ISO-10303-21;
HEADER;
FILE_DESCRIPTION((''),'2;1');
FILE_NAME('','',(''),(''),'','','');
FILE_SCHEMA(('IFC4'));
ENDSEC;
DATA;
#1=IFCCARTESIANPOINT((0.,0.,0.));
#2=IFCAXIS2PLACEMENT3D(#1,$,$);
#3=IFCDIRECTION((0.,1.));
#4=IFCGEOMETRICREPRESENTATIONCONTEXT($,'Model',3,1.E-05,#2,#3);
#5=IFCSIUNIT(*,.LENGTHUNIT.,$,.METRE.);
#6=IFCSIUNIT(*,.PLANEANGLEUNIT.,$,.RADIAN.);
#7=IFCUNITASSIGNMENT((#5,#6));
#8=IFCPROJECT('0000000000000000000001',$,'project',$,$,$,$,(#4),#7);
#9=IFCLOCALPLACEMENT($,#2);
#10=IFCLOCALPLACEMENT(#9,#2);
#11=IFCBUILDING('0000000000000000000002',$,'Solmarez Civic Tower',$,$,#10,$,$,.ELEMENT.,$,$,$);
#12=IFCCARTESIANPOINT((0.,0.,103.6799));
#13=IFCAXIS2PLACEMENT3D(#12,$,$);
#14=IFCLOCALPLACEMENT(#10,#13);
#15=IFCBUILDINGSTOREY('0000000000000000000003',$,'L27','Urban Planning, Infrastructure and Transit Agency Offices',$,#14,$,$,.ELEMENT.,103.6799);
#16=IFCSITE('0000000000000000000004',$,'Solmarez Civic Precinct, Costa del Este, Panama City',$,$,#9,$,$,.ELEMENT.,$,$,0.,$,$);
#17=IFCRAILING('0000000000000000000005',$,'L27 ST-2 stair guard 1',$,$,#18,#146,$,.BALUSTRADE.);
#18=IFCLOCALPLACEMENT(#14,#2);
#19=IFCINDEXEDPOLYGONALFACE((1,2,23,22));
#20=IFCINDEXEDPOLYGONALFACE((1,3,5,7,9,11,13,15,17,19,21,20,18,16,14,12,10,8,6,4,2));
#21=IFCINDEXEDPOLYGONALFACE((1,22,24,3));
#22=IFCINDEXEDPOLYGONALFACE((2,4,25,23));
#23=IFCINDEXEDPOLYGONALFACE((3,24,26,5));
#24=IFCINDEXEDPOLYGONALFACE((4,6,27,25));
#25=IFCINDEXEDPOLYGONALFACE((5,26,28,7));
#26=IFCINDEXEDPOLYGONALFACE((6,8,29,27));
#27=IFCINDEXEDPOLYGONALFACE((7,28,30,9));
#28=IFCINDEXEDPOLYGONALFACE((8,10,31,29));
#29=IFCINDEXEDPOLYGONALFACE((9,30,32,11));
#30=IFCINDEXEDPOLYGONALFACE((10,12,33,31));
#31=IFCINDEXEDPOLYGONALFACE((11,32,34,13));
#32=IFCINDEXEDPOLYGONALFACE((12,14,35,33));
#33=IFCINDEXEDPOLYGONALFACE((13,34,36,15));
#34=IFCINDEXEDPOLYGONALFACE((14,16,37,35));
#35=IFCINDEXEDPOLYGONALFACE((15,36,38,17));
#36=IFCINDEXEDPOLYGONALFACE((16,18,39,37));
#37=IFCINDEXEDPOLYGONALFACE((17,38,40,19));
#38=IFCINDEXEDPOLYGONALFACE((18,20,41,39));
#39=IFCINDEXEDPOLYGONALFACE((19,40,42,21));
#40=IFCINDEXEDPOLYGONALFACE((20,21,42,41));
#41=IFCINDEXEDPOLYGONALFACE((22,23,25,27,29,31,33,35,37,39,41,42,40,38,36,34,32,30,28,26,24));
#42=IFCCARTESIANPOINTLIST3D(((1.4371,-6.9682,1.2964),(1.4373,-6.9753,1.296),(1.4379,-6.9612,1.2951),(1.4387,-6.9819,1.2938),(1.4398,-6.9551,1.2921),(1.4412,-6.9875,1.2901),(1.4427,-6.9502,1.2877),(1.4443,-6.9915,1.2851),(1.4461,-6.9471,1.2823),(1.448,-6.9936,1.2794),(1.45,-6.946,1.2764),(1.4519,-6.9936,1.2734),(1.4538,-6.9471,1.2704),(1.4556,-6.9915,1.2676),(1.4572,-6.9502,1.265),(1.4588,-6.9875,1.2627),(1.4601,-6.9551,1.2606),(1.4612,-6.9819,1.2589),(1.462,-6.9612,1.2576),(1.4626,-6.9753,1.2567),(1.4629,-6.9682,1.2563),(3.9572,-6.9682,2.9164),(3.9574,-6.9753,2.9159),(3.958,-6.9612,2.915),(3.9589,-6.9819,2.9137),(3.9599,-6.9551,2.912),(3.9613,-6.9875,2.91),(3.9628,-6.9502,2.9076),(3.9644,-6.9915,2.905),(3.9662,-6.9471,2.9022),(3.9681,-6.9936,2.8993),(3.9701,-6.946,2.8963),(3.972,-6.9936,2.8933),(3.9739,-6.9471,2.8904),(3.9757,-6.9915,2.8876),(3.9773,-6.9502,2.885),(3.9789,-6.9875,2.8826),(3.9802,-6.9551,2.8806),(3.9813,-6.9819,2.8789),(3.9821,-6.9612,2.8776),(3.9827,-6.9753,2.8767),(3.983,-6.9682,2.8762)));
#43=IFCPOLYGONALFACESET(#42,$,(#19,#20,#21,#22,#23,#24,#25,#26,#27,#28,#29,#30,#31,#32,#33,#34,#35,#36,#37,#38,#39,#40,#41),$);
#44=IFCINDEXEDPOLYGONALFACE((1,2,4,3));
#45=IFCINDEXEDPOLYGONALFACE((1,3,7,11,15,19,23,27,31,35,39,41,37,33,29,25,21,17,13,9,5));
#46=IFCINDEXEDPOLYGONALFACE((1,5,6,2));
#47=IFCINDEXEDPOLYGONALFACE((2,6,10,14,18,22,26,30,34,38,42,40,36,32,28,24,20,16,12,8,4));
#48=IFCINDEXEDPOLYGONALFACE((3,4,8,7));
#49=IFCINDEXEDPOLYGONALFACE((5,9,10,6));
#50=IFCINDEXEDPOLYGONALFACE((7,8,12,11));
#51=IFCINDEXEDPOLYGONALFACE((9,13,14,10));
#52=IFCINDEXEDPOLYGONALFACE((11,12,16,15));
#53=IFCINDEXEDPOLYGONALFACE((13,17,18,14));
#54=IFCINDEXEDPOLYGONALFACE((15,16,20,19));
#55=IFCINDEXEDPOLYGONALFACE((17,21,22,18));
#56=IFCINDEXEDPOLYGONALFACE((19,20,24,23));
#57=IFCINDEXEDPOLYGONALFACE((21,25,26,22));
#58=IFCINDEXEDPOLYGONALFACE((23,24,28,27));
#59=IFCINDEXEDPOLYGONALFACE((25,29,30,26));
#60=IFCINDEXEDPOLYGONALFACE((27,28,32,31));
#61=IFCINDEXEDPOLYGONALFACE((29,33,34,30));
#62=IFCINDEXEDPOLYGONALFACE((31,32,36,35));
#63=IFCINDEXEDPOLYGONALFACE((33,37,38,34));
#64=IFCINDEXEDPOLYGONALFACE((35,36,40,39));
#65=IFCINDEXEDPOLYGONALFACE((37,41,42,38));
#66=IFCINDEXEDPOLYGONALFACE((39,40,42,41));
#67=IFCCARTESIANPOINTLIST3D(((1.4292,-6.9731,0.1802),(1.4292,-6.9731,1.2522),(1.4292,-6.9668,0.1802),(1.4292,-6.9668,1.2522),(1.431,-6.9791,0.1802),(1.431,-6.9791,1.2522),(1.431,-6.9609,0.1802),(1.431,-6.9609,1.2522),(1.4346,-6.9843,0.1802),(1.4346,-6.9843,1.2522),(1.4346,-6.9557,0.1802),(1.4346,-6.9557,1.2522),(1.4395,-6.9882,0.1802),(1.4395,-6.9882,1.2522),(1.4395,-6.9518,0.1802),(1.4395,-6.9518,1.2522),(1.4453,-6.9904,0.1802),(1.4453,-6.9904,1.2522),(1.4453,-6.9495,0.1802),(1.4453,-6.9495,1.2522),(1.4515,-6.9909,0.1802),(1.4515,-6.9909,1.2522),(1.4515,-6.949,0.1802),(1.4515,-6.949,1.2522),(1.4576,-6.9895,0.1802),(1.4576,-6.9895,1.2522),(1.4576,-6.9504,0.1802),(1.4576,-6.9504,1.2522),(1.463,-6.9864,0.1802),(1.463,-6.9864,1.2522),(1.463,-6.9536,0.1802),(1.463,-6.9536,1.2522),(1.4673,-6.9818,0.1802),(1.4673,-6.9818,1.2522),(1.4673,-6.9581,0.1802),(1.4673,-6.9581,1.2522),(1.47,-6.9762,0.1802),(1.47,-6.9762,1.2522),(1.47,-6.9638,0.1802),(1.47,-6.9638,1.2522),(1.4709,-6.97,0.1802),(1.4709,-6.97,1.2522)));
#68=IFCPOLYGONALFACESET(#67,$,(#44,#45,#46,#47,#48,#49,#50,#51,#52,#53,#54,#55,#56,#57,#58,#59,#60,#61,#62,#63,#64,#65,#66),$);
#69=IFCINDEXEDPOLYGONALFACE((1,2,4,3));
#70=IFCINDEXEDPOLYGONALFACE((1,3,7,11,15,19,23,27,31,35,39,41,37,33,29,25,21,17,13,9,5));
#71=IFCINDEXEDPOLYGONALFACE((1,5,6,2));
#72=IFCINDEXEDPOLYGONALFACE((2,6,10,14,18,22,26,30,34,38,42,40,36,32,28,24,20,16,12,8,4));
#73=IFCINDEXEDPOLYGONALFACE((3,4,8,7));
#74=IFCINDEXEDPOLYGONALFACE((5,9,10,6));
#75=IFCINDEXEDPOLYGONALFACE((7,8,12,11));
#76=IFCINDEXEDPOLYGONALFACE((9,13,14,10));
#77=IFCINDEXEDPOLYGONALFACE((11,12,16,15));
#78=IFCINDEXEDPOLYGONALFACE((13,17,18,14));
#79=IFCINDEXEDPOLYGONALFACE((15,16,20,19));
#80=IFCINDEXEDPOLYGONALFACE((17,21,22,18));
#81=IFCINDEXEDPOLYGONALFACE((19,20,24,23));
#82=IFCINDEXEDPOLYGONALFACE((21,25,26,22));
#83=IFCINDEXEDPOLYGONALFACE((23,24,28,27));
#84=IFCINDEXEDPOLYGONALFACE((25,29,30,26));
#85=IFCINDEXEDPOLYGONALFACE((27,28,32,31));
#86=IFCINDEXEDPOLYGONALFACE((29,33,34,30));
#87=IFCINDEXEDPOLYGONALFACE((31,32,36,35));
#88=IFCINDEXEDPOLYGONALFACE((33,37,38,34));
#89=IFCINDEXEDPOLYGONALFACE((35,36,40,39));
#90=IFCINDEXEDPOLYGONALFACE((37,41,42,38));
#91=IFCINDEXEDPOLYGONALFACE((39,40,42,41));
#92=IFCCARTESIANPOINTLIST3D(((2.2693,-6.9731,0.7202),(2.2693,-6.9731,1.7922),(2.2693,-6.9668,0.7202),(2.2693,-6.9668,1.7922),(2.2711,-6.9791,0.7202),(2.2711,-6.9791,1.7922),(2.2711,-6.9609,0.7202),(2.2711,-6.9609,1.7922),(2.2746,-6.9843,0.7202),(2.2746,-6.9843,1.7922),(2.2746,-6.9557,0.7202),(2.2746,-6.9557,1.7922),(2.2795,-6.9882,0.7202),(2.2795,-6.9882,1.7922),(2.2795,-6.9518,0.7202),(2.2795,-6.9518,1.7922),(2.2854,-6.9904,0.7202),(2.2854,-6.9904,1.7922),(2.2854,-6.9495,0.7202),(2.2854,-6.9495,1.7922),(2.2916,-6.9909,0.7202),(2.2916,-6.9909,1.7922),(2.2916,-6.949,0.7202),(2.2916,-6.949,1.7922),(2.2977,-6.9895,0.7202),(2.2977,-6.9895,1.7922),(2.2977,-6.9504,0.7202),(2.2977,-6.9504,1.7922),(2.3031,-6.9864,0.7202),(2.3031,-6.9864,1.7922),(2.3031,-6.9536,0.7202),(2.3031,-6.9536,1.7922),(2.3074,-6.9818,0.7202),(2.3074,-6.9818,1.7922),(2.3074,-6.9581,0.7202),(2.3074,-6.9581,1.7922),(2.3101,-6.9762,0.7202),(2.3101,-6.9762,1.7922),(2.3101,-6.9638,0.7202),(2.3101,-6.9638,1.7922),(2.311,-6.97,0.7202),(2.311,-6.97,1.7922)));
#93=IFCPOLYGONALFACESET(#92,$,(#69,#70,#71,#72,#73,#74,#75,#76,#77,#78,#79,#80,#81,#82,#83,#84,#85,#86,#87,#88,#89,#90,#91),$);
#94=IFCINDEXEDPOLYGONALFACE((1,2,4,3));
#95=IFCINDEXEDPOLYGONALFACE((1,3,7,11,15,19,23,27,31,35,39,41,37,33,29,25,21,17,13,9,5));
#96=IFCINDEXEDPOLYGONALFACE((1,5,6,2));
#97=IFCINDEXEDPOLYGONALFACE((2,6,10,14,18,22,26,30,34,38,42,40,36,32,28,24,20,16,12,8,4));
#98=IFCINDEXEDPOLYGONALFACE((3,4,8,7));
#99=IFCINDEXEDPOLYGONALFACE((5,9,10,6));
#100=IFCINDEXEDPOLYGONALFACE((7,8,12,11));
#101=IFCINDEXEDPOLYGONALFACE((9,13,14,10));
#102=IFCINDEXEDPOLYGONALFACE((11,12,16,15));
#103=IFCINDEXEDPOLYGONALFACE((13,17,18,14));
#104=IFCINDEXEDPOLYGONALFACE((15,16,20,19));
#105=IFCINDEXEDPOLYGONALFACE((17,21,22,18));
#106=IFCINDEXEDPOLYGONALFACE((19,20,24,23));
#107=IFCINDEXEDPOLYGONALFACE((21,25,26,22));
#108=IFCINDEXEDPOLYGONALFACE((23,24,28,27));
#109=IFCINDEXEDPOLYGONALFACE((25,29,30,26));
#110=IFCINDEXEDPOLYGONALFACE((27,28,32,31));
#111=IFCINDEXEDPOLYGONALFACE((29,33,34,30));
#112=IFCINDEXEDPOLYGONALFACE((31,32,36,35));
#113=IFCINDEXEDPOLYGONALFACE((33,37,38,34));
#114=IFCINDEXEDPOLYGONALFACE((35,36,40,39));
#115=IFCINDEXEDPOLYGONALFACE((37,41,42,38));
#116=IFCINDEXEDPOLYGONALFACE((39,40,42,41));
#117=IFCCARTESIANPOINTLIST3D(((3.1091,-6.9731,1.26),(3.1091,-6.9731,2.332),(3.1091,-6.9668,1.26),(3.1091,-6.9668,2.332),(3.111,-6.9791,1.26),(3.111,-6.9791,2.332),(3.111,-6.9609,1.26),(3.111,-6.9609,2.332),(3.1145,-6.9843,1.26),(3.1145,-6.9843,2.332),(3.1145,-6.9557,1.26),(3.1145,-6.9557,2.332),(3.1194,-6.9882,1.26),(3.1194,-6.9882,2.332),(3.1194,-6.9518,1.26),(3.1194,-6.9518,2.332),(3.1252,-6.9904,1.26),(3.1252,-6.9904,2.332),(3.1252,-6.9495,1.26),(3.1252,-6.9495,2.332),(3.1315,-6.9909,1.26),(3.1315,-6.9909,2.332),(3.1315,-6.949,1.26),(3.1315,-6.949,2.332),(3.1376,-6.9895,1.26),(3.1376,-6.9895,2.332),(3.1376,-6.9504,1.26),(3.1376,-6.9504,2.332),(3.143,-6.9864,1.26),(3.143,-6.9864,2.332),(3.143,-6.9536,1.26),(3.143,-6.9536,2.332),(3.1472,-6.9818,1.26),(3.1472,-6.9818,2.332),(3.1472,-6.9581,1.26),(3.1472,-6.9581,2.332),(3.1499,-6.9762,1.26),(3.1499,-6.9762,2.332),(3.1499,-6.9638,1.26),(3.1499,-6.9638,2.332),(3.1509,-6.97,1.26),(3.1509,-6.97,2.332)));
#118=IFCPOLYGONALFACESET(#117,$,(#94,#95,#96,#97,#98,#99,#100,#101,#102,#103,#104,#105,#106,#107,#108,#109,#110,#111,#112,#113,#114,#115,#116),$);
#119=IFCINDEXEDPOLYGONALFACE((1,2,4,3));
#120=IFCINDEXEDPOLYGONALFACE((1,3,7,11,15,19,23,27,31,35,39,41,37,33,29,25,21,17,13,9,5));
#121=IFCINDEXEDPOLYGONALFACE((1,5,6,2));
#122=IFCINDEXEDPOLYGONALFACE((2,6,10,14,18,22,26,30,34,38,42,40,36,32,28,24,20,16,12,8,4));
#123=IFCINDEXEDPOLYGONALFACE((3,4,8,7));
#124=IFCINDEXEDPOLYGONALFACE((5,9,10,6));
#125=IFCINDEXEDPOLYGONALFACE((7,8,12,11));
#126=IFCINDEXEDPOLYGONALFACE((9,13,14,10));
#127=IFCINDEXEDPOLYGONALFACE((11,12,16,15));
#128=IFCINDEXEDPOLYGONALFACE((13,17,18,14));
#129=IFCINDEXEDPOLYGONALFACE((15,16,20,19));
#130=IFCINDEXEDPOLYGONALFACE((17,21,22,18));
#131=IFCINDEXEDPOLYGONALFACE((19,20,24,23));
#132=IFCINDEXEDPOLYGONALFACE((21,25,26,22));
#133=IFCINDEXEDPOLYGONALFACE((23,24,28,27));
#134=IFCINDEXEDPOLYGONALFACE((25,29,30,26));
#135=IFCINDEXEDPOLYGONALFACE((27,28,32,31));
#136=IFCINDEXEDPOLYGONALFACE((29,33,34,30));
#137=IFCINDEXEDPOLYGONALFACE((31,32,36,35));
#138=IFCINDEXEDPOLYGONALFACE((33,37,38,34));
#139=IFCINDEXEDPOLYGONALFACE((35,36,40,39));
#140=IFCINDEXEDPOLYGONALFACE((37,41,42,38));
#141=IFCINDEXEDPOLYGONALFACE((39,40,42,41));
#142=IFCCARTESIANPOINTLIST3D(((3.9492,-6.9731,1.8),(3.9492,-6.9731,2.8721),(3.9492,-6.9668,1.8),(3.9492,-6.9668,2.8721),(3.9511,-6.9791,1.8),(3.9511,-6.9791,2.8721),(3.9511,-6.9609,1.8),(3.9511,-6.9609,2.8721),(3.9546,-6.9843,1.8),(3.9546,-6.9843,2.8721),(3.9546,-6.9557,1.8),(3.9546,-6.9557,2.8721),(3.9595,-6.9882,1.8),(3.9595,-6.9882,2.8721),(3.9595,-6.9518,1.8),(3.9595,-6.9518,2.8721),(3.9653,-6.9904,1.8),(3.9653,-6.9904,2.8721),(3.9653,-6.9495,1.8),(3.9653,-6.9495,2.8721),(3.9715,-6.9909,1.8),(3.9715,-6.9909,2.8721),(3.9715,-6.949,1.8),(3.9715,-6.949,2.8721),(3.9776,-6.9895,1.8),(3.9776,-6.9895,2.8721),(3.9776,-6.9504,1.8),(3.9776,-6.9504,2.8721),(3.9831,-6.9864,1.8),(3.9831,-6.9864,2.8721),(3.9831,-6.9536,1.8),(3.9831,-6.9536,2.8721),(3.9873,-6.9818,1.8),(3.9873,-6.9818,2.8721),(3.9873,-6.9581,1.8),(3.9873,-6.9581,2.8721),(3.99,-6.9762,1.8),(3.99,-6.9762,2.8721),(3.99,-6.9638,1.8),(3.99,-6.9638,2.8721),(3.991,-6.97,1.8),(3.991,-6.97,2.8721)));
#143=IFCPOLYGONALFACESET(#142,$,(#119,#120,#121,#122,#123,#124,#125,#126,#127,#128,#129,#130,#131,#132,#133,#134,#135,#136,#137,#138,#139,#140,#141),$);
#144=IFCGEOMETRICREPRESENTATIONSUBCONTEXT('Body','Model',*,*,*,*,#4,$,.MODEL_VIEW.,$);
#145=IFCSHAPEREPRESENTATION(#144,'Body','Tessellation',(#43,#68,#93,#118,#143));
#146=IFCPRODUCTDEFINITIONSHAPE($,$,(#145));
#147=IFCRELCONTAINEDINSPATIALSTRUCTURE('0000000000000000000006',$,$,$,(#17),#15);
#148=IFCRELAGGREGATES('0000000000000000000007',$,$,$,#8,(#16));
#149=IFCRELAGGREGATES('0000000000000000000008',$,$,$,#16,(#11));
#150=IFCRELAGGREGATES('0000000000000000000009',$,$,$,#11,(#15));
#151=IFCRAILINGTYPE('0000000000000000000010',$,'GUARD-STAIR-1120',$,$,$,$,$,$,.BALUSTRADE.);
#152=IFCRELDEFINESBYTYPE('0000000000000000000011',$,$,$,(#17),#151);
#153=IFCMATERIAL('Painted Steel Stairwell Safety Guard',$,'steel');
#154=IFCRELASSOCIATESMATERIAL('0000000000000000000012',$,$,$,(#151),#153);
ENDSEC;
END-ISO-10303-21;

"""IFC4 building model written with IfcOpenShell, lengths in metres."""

from ifc_helpers import new_model, si_unit, direction, frame, origin, origin_2d, place, context, subcontext, project, spatial, circle, extrude, material, type_object, element, save


model = new_model("IFC4")

# Units and contexts
model_context = context("Model", 3, precision=1e-05, world=origin(), true_north=direction((0.0, 1.0)))
body_context = subcontext(model_context, "Body", "Model", "MODEL_VIEW")
ifc_project = project(units=[si_unit("LENGTHUNIT", "METRE"), si_unit("PLANEANGLEUNIT", "RADIAN")], contexts=[model_context])

# Site, building, storey
site_placement = place(None, origin())
site = spatial("IfcSite", under=ifc_project, at=site_placement, Name="Solmarez Civic Precinct, Costa del Este, Panama City", CompositionType="ELEMENT", RefElevation=0.0)
building_placement = place(site_placement, origin())
building = spatial("IfcBuilding", under=site, at=building_placement, Name="Solmarez Civic Tower", CompositionType="ELEMENT")
storey_placement = place(building_placement, frame((0.0, 0.0, 103.6799)))
storey = spatial("IfcBuildingStorey", under=building, at=storey_placement, Name="L27", Description="Urban Planning, Infrastructure and Transit Agency Offices", CompositionType="ELEMENT", Elevation=103.6799)

# Railing
ifc_material_1 = material(Name="Painted Steel Stairwell Safety Guard", Category="steel")
railing_type_1 = type_object("IfcRailingType", Name="GUARD-STAIR-1120", PredefinedType="BALUSTRADE", material=ifc_material_1)
railing_1_placement = place(storey_placement, frame((1.45, -6.97, 0.1802)))
element("IfcRailing", 1, at=railing_1_placement, inside=storey, type_object=railing_type_1, Name="L27 ST-2 stair guard 1", PredefinedType="BALUSTRADE", context=body_context, shape_type="SweptSolid", body=[
    extrude(circle(Radius=0.0239, at=origin_2d()), frame((0.0, 0.0, 1.0962), z_axis=(0.8412, 0.0, 0.540725), x_axis=(0.0, 1.0, 0.0)), (0.0, 0.0, 1.0), 2.9958),
    extrude(circle(Radius=0.021, at=origin_2d()), origin(), (0.0, 0.0, 1.0), 1.072),
    extrude(circle(Radius=0.021, at=origin_2d()), frame((0.8401, 0.0, 0.54)), (0.0, 0.0, 1.0), 1.072),
    extrude(circle(Radius=0.021, at=origin_2d()), frame((1.6799, 0.0, 1.0798)), (0.0, 0.0, 1.0), 1.072),
    extrude(circle(Radius=0.021, at=origin_2d()), frame((2.52, 0.0, 1.6199)), (0.0, 0.0, 1.0), 1.072),
])

save(model, "model.ifc")
